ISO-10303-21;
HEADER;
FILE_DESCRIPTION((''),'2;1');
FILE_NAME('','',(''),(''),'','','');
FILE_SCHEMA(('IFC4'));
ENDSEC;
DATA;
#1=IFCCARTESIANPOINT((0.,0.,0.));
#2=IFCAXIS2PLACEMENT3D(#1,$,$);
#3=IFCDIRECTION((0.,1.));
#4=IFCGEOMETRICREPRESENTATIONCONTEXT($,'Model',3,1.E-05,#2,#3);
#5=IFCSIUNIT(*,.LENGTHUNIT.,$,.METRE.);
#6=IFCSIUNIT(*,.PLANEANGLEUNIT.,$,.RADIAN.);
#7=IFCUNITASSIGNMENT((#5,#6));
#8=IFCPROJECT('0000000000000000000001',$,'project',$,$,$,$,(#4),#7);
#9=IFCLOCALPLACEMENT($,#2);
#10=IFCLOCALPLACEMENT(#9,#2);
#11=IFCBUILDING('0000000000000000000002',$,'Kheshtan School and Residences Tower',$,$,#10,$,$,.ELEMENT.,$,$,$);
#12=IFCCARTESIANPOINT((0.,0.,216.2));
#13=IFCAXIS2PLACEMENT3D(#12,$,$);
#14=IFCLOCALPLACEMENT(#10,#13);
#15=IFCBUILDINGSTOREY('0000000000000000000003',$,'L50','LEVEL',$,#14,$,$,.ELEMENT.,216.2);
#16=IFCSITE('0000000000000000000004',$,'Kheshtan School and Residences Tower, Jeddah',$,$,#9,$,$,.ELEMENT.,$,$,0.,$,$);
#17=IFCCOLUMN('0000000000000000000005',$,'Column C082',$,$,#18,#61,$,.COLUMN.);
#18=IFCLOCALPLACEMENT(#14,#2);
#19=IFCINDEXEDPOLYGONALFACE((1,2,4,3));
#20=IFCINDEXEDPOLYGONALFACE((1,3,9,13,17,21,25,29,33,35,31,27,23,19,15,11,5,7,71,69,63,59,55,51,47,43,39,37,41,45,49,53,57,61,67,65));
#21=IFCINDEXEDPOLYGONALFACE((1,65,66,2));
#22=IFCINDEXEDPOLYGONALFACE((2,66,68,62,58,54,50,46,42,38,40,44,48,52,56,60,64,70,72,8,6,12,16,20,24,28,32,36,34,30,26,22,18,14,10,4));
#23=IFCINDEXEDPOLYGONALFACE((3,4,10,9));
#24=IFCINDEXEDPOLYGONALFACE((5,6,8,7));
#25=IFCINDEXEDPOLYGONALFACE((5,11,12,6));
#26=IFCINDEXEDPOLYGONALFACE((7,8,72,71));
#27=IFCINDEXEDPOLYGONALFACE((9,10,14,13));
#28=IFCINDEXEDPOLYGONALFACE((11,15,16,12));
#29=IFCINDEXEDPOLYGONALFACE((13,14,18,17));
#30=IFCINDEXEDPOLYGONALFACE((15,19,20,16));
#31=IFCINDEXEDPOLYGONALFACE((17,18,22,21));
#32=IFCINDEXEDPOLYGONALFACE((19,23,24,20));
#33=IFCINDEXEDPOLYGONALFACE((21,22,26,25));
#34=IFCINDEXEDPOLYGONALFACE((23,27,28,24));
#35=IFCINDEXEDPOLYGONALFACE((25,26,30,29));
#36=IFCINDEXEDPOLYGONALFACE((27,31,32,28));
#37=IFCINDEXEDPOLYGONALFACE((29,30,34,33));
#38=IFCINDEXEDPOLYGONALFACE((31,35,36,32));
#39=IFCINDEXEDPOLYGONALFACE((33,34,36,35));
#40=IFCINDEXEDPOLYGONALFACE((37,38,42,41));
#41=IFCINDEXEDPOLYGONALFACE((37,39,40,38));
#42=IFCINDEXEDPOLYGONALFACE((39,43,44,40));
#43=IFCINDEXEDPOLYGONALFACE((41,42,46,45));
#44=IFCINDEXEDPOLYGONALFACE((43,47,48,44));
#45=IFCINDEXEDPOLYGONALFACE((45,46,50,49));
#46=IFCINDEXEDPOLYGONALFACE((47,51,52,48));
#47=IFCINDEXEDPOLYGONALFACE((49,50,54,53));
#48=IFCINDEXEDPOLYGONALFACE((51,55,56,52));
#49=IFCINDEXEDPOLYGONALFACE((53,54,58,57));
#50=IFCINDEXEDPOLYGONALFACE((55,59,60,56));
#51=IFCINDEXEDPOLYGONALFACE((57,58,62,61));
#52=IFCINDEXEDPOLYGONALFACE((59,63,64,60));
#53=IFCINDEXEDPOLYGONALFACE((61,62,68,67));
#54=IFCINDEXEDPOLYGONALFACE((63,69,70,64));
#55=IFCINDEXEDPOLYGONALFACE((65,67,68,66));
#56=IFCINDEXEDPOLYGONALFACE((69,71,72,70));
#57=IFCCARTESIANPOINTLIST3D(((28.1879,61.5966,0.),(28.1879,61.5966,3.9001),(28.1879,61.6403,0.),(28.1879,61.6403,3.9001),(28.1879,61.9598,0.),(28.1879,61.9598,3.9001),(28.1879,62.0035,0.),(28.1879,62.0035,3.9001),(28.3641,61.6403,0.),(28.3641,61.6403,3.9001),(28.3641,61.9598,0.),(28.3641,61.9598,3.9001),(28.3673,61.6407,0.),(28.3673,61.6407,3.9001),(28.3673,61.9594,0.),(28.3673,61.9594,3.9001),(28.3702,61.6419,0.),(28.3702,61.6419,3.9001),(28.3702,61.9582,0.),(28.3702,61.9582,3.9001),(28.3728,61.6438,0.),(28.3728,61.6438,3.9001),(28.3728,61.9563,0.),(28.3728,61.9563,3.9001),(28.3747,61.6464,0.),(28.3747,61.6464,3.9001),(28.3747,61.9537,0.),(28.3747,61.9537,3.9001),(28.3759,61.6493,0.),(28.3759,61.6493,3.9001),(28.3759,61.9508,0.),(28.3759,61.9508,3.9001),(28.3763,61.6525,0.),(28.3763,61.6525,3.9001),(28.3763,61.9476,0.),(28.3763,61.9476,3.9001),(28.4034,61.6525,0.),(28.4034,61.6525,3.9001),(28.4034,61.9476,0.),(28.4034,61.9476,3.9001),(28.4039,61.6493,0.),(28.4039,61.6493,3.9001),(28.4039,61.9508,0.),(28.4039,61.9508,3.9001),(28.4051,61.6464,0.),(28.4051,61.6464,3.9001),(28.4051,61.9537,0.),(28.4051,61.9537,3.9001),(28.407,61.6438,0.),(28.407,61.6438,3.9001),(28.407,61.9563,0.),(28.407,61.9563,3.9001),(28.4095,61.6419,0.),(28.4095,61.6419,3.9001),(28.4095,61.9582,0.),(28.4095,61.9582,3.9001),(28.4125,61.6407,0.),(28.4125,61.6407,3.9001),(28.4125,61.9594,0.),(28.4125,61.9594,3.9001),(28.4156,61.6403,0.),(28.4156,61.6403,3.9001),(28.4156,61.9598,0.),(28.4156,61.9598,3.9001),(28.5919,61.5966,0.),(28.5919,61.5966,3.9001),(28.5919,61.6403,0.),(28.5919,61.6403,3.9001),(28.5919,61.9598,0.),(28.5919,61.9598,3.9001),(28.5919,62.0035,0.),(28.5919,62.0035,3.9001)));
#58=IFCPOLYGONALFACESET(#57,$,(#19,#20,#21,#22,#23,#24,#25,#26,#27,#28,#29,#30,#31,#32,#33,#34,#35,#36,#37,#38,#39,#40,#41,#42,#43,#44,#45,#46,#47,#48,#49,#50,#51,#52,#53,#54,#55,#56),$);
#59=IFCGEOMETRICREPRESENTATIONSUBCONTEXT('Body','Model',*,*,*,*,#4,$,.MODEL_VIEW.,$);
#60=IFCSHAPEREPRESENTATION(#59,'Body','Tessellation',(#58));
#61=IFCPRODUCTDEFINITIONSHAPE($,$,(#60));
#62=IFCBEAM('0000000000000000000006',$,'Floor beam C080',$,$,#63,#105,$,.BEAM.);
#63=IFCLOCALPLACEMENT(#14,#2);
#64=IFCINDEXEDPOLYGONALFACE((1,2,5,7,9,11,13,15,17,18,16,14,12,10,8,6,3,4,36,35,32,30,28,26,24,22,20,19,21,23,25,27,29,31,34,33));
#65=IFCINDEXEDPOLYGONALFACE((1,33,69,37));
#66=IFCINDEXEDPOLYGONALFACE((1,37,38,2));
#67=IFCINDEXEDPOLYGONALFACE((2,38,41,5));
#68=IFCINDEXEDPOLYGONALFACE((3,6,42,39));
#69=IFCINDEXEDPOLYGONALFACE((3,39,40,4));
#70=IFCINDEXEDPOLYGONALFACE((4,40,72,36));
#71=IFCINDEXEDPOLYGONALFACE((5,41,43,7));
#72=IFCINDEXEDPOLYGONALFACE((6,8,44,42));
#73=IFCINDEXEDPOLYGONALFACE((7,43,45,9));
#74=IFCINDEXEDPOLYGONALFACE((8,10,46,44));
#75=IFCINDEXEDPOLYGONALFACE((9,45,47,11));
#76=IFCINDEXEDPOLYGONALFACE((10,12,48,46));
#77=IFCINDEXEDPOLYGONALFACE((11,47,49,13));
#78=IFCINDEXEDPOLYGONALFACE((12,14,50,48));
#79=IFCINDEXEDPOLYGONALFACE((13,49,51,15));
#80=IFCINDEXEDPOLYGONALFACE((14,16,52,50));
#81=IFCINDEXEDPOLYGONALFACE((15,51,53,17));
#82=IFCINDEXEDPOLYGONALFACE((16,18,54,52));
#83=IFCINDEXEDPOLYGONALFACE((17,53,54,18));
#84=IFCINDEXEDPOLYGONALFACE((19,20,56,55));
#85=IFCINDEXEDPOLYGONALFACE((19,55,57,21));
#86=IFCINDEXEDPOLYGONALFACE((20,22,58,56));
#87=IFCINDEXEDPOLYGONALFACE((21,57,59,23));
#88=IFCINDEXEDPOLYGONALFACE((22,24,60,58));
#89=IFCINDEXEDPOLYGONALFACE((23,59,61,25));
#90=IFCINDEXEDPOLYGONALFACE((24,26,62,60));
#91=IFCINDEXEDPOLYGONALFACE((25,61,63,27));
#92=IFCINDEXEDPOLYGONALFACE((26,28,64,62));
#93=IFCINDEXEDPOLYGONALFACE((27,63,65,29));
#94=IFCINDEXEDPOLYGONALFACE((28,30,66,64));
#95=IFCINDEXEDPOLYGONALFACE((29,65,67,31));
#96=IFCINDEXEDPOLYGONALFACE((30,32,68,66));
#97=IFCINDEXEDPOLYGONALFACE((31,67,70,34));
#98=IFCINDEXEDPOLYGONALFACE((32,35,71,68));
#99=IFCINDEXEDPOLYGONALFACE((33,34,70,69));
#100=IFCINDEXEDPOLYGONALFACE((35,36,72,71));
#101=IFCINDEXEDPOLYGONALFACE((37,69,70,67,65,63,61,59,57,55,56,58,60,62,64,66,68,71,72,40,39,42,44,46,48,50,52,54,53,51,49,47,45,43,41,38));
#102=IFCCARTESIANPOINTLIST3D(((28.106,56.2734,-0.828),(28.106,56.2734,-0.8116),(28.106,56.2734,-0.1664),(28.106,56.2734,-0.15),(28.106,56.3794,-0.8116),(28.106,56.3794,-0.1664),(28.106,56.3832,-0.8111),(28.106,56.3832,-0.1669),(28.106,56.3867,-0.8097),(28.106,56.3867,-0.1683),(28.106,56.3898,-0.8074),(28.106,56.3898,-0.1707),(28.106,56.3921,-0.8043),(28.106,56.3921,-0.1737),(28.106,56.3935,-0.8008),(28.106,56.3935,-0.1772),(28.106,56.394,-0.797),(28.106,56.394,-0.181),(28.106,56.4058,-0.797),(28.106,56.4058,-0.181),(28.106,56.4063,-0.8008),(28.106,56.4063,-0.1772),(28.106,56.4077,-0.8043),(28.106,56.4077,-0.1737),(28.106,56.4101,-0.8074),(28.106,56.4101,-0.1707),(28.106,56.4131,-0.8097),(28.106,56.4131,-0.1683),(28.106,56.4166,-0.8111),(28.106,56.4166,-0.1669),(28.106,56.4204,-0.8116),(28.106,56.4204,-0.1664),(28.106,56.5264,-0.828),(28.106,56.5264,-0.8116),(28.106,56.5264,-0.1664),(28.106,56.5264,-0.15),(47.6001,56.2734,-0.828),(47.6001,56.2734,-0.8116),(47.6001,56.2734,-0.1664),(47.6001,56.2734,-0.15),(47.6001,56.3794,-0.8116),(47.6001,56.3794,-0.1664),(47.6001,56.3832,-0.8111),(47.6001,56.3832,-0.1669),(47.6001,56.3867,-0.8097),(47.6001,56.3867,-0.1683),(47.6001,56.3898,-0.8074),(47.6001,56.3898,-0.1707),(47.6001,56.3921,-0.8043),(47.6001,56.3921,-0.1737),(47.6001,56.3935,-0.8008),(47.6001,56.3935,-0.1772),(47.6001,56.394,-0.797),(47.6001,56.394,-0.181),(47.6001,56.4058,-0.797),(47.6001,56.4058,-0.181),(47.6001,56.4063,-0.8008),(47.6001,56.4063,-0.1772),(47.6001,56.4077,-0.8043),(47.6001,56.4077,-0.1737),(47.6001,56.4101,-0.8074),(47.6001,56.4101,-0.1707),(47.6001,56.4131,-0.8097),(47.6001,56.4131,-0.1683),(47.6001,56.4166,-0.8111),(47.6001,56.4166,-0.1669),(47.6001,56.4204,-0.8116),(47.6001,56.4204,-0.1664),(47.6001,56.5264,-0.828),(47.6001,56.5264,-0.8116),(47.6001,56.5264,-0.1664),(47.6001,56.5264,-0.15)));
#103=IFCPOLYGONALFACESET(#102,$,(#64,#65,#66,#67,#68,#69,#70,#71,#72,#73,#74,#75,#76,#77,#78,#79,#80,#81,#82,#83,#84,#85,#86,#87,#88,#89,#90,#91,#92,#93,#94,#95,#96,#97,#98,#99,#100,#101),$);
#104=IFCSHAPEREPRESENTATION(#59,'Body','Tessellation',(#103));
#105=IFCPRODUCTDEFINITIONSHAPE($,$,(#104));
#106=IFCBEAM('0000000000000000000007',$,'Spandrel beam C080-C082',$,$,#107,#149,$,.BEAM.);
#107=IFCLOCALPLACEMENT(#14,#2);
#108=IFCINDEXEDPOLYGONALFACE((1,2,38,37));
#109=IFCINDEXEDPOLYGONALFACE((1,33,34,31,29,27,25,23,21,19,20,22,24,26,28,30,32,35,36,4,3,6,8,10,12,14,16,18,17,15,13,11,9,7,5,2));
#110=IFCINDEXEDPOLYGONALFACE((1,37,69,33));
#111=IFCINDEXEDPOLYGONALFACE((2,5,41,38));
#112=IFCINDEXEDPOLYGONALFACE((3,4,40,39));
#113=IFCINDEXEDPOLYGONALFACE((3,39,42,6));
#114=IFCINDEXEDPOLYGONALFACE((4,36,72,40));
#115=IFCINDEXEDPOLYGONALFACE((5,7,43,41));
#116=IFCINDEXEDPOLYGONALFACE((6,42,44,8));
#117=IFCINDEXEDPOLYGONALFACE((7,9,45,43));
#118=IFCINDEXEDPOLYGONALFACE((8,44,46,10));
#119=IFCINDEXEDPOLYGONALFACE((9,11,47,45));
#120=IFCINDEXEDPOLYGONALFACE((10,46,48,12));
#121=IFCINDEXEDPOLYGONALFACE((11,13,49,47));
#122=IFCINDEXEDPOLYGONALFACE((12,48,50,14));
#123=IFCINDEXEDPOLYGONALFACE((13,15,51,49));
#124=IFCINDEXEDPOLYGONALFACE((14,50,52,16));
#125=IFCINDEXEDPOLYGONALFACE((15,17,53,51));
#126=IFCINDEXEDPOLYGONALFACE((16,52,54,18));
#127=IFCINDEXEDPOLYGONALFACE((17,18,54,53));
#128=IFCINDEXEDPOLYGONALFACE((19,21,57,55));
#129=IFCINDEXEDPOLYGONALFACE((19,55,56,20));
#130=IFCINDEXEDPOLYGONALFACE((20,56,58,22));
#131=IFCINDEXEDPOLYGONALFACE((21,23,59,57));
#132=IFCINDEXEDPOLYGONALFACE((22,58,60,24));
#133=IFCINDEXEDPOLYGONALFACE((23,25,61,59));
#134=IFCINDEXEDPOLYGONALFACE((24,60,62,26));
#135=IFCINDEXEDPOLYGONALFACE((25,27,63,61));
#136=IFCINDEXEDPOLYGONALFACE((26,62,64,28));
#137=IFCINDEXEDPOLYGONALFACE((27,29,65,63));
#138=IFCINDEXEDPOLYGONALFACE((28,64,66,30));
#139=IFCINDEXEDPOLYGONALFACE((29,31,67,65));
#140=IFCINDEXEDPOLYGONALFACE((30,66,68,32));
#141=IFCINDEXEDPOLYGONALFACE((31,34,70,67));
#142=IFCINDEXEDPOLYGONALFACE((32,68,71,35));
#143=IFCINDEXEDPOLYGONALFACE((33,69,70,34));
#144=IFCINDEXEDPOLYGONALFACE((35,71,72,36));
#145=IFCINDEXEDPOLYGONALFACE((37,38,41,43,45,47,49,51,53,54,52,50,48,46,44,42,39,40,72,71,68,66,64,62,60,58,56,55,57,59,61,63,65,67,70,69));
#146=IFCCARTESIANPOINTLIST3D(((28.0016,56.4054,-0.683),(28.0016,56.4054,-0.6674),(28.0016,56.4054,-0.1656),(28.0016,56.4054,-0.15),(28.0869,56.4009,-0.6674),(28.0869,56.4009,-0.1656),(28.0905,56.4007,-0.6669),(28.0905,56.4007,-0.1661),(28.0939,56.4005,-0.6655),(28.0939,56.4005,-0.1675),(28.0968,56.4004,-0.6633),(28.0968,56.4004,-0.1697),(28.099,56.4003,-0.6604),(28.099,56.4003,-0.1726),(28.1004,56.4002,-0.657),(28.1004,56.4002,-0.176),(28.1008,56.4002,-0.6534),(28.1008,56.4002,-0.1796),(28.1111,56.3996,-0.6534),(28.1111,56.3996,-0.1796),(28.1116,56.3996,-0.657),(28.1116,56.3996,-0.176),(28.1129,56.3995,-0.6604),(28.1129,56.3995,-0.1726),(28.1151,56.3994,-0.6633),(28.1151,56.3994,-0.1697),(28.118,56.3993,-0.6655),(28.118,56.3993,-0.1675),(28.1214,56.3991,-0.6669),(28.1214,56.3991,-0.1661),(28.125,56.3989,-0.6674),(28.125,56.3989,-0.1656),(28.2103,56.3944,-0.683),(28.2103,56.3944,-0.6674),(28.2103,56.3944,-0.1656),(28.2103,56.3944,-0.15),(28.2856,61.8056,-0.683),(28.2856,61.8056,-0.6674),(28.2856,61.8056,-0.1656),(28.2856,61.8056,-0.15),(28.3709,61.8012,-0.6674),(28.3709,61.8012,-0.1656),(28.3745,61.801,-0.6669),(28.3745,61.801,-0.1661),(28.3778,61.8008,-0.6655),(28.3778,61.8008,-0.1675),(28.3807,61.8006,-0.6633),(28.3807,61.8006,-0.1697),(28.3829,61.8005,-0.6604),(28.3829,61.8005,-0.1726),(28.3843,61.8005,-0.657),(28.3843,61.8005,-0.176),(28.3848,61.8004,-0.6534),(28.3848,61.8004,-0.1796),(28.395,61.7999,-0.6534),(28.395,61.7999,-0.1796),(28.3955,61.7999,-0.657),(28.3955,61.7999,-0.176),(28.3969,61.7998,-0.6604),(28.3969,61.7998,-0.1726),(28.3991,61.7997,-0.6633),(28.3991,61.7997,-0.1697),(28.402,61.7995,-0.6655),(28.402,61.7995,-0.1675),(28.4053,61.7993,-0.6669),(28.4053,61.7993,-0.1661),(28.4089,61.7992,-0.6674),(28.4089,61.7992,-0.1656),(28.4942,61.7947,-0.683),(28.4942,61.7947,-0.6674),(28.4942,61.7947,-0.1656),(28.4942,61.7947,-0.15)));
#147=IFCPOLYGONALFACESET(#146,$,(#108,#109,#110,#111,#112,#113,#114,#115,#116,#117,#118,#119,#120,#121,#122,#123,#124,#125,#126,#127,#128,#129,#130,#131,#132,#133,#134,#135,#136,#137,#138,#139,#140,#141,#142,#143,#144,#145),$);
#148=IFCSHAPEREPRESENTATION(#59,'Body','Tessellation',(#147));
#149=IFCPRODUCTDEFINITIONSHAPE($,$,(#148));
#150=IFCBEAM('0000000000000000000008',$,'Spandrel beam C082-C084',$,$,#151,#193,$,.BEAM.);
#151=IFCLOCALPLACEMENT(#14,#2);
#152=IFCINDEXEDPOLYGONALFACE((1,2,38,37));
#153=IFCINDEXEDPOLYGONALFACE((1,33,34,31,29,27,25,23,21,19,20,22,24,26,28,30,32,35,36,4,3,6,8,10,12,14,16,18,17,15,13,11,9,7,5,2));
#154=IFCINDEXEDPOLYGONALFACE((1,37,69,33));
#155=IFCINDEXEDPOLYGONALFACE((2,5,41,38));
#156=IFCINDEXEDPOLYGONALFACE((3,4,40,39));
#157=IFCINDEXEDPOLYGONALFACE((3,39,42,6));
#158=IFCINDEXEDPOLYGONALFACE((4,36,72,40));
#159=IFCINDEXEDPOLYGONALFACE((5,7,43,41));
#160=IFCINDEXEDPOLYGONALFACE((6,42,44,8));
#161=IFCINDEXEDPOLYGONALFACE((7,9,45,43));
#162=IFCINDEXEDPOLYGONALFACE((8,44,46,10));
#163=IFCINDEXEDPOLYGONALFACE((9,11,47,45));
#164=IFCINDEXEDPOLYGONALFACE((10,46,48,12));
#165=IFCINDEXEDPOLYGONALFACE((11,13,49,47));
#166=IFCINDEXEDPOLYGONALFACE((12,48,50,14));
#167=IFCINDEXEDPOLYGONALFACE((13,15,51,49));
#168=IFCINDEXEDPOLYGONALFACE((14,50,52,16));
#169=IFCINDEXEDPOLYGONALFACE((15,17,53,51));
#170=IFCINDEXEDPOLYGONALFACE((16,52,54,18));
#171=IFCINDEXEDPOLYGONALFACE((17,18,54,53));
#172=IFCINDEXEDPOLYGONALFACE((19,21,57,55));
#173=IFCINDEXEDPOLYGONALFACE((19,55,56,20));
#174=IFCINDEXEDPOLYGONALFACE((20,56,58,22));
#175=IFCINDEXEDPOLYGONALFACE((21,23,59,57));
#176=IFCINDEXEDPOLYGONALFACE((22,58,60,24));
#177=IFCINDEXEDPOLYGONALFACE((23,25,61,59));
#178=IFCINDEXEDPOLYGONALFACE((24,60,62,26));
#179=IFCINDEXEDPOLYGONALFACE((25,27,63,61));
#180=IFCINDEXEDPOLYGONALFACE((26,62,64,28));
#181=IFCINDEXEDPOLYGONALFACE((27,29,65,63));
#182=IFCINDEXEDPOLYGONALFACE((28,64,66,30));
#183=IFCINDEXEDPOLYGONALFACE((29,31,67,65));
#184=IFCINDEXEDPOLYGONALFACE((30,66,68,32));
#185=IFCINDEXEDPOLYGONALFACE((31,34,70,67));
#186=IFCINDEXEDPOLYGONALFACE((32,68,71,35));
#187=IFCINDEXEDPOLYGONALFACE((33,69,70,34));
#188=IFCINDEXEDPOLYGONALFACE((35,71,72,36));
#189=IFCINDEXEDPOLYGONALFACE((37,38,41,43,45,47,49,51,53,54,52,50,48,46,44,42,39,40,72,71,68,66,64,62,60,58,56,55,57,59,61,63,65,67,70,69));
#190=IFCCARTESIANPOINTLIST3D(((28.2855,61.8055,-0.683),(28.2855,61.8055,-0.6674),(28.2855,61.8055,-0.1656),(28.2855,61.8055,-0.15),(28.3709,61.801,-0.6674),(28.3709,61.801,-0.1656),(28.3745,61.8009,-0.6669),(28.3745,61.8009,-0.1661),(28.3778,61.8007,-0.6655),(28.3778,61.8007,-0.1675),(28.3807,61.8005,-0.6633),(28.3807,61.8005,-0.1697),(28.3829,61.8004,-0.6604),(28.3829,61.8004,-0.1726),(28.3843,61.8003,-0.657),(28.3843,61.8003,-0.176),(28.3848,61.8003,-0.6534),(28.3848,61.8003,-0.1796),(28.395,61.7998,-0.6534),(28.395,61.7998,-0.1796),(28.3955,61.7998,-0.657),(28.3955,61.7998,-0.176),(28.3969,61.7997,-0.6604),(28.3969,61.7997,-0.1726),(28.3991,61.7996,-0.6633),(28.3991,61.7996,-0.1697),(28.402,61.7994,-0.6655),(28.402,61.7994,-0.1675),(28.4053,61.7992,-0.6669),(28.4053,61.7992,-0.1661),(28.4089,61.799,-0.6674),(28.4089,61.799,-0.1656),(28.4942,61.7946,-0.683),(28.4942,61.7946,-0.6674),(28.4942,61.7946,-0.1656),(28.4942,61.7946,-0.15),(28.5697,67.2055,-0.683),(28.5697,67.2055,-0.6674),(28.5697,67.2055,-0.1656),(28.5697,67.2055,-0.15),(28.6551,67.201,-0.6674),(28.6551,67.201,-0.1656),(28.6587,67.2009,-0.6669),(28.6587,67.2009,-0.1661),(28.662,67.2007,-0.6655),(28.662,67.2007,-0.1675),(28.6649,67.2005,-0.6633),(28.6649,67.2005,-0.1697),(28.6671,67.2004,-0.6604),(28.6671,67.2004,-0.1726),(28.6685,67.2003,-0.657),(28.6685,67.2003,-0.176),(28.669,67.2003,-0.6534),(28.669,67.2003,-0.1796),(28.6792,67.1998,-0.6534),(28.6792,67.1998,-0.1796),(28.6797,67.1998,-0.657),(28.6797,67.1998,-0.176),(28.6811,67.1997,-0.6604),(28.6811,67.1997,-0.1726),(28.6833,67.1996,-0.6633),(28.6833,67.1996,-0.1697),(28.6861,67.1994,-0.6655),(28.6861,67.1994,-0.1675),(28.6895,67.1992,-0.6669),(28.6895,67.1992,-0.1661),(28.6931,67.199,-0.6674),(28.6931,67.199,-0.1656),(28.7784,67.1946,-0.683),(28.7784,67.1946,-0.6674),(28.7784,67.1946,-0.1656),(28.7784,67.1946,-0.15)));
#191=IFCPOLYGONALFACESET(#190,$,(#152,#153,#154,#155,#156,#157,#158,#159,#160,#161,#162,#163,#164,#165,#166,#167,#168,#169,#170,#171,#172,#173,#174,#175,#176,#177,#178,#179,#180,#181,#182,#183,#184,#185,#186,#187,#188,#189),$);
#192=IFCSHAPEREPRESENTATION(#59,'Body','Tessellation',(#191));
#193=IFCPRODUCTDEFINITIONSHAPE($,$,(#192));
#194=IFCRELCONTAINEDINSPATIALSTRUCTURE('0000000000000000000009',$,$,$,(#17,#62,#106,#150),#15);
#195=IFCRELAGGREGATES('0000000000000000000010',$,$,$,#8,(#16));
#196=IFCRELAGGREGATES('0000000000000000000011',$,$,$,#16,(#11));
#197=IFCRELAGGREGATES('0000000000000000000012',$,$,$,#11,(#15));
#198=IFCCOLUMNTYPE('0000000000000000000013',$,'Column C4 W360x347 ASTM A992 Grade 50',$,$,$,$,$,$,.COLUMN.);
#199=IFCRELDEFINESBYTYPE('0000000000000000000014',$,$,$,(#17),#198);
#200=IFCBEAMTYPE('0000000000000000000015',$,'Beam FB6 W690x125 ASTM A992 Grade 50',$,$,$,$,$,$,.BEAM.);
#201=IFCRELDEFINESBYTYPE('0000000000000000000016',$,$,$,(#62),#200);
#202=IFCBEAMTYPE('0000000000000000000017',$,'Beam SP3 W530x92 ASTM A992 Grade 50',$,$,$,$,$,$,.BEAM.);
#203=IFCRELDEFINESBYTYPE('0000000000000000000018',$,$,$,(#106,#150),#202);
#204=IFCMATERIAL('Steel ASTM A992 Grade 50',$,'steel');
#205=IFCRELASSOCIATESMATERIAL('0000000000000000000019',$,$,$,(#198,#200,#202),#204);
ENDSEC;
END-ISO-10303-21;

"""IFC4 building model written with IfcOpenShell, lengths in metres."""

from ifc_helpers import new_model, si_unit, direction, frame, origin, origin_2d, place, context, subcontext, project, spatial, i_section, extrude, material, material_profile, profile_set, type_object, element, save


model = new_model("IFC4")

# Units and contexts
model_context = context("Model", 3, precision=1e-05, world=origin(), true_north=direction((0.0, 1.0)))
body_context = subcontext(model_context, "Body", "Model", "MODEL_VIEW")
ifc_project = project(units=[si_unit("LENGTHUNIT", "METRE"), si_unit("PLANEANGLEUNIT", "RADIAN")], contexts=[model_context])

# Site, building, storey
site_placement = place(None, origin())
site = spatial("IfcSite", under=ifc_project, at=site_placement, Name="Kheshtan School and Residences Tower, Jeddah", CompositionType="ELEMENT", RefElevation=0.0)
building_placement = place(site_placement, origin())
building = spatial("IfcBuilding", under=site, at=building_placement, Name="Kheshtan School and Residences Tower", CompositionType="ELEMENT")
storey_placement = place(building_placement, frame((0.0, 0.0, 216.2)))
storey = spatial("IfcBuildingStorey", under=building, at=storey_placement, Name="L50", Description="LEVEL", CompositionType="ELEMENT", Elevation=216.2)

# Column
ifc_material_1 = material(Name="Steel ASTM A992 Grade 50", Category="steel")
ifc_material_profile_1 = material_profile(ifc_material_1, i_section(OverallWidth=0.4041, OverallDepth=0.407, WebThickness=0.0271, FlangeThickness=0.0437, FilletRadius=0.0122, at=origin_2d()), Name="W360x347")
ifc_profile_set_1 = profile_set([ifc_material_profile_1], Name="Steel ASTM A992 Grade 50")
column_type = type_object("IfcColumnType", Name="Column C4 W360x347 ASTM A992 Grade 50", PredefinedType="COLUMN", material=ifc_profile_set_1)
column_placement = place(storey_placement, frame((28.3899, 61.8, 0.0), z_axis=(0.0, 0.0, 1.0), x_axis=(1.0, 0.0, 0.0)))
element("IfcColumn", 1, at=column_placement, inside=storey, type_object=column_type, Name="Column C082", PredefinedType="COLUMN", context=body_context, shape_type="SweptSolid", body=[
    extrude(i_section(OverallWidth=0.4041, OverallDepth=0.407, WebThickness=0.0271, FlangeThickness=0.0437, FilletRadius=0.0122, at=origin_2d()), origin(), (0.0, 0.0, 1.0), 3.9001),
])

# Beams
ifc_material_profile_2 = material_profile(ifc_material_1, i_section(OverallWidth=0.2529, OverallDepth=0.678, WebThickness=0.0117, FlangeThickness=0.0164, FilletRadius=0.0146, at=origin_2d()), Name="W690x125")
ifc_profile_set_2 = profile_set([ifc_material_profile_2], Name="Steel ASTM A992 Grade 50")
beam_type_1 = type_object("IfcBeamType", Name="Beam FB6 W690x125 ASTM A992 Grade 50", PredefinedType="BEAM", material=ifc_profile_set_2)
beam_1_placement = place(storey_placement, frame((28.106, 56.3999, -0.489), z_axis=(1.0, 0.0, 0.0), x_axis=(0.0, 1.0, 0.0)))
element("IfcBeam", 2, at=beam_1_placement, inside=storey, type_object=beam_type_1, Name="Floor beam C080", PredefinedType="BEAM", context=body_context, shape_type="SweptSolid", body=[
    extrude(i_section(OverallWidth=0.2529, OverallDepth=0.678, WebThickness=0.0117, FlangeThickness=0.0164, FilletRadius=0.0146, at=origin_2d()), origin(), (0.0, 0.0, 1.0), 19.4941),
])
ifc_material_profile_3 = material_profile(ifc_material_1, i_section(OverallWidth=0.209, OverallDepth=0.533, WebThickness=0.0103, FlangeThickness=0.0156, FilletRadius=0.0139, at=origin_2d()), Name="W530x92")
ifc_profile_set_3 = profile_set([ifc_material_profile_3], Name="Steel ASTM A992 Grade 50")
beam_type_2 = type_object("IfcBeamType", Name="Beam SP3 W530x92 ASTM A992 Grade 50", PredefinedType="BEAM", material=ifc_profile_set_3)
beam_2_placement = place(storey_placement, frame((28.106, 56.3999, -0.4165), z_axis=(0.052507, 0.998621, 0.0), x_axis=(-0.998621, 0.052507, 0.0)))
element("IfcBeam", 3, at=beam_2_placement, inside=storey, type_object=beam_type_2, Name="Spandrel beam C080-C082", PredefinedType="BEAM", context=body_context, shape_type="SweptSolid", body=[
    extrude(i_section(OverallWidth=0.209, OverallDepth=0.533, WebThickness=0.0103, FlangeThickness=0.0156, FilletRadius=0.0139, at=origin_2d()), origin(), (0.0, 0.0, 1.0), 5.4077),
])
beam_3_placement = place(storey_placement, frame((28.3899, 61.8, -0.4165), z_axis=(0.052554, 0.998618, 0.0), x_axis=(-0.998618, 0.052554, 0.0)))
element("IfcBeam", 4, at=beam_3_placement, inside=storey, type_object=beam_type_2, Name="Spandrel beam C082-C084", PredefinedType="BEAM", context=body_context, shape_type="SweptSolid", body=[
    extrude(i_section(OverallWidth=0.209, OverallDepth=0.533, WebThickness=0.0103, FlangeThickness=0.0156, FilletRadius=0.0139, at=origin_2d()), origin(), (0.0, 0.0, 1.0), 5.4075),
])

save(model, "model.ifc")
